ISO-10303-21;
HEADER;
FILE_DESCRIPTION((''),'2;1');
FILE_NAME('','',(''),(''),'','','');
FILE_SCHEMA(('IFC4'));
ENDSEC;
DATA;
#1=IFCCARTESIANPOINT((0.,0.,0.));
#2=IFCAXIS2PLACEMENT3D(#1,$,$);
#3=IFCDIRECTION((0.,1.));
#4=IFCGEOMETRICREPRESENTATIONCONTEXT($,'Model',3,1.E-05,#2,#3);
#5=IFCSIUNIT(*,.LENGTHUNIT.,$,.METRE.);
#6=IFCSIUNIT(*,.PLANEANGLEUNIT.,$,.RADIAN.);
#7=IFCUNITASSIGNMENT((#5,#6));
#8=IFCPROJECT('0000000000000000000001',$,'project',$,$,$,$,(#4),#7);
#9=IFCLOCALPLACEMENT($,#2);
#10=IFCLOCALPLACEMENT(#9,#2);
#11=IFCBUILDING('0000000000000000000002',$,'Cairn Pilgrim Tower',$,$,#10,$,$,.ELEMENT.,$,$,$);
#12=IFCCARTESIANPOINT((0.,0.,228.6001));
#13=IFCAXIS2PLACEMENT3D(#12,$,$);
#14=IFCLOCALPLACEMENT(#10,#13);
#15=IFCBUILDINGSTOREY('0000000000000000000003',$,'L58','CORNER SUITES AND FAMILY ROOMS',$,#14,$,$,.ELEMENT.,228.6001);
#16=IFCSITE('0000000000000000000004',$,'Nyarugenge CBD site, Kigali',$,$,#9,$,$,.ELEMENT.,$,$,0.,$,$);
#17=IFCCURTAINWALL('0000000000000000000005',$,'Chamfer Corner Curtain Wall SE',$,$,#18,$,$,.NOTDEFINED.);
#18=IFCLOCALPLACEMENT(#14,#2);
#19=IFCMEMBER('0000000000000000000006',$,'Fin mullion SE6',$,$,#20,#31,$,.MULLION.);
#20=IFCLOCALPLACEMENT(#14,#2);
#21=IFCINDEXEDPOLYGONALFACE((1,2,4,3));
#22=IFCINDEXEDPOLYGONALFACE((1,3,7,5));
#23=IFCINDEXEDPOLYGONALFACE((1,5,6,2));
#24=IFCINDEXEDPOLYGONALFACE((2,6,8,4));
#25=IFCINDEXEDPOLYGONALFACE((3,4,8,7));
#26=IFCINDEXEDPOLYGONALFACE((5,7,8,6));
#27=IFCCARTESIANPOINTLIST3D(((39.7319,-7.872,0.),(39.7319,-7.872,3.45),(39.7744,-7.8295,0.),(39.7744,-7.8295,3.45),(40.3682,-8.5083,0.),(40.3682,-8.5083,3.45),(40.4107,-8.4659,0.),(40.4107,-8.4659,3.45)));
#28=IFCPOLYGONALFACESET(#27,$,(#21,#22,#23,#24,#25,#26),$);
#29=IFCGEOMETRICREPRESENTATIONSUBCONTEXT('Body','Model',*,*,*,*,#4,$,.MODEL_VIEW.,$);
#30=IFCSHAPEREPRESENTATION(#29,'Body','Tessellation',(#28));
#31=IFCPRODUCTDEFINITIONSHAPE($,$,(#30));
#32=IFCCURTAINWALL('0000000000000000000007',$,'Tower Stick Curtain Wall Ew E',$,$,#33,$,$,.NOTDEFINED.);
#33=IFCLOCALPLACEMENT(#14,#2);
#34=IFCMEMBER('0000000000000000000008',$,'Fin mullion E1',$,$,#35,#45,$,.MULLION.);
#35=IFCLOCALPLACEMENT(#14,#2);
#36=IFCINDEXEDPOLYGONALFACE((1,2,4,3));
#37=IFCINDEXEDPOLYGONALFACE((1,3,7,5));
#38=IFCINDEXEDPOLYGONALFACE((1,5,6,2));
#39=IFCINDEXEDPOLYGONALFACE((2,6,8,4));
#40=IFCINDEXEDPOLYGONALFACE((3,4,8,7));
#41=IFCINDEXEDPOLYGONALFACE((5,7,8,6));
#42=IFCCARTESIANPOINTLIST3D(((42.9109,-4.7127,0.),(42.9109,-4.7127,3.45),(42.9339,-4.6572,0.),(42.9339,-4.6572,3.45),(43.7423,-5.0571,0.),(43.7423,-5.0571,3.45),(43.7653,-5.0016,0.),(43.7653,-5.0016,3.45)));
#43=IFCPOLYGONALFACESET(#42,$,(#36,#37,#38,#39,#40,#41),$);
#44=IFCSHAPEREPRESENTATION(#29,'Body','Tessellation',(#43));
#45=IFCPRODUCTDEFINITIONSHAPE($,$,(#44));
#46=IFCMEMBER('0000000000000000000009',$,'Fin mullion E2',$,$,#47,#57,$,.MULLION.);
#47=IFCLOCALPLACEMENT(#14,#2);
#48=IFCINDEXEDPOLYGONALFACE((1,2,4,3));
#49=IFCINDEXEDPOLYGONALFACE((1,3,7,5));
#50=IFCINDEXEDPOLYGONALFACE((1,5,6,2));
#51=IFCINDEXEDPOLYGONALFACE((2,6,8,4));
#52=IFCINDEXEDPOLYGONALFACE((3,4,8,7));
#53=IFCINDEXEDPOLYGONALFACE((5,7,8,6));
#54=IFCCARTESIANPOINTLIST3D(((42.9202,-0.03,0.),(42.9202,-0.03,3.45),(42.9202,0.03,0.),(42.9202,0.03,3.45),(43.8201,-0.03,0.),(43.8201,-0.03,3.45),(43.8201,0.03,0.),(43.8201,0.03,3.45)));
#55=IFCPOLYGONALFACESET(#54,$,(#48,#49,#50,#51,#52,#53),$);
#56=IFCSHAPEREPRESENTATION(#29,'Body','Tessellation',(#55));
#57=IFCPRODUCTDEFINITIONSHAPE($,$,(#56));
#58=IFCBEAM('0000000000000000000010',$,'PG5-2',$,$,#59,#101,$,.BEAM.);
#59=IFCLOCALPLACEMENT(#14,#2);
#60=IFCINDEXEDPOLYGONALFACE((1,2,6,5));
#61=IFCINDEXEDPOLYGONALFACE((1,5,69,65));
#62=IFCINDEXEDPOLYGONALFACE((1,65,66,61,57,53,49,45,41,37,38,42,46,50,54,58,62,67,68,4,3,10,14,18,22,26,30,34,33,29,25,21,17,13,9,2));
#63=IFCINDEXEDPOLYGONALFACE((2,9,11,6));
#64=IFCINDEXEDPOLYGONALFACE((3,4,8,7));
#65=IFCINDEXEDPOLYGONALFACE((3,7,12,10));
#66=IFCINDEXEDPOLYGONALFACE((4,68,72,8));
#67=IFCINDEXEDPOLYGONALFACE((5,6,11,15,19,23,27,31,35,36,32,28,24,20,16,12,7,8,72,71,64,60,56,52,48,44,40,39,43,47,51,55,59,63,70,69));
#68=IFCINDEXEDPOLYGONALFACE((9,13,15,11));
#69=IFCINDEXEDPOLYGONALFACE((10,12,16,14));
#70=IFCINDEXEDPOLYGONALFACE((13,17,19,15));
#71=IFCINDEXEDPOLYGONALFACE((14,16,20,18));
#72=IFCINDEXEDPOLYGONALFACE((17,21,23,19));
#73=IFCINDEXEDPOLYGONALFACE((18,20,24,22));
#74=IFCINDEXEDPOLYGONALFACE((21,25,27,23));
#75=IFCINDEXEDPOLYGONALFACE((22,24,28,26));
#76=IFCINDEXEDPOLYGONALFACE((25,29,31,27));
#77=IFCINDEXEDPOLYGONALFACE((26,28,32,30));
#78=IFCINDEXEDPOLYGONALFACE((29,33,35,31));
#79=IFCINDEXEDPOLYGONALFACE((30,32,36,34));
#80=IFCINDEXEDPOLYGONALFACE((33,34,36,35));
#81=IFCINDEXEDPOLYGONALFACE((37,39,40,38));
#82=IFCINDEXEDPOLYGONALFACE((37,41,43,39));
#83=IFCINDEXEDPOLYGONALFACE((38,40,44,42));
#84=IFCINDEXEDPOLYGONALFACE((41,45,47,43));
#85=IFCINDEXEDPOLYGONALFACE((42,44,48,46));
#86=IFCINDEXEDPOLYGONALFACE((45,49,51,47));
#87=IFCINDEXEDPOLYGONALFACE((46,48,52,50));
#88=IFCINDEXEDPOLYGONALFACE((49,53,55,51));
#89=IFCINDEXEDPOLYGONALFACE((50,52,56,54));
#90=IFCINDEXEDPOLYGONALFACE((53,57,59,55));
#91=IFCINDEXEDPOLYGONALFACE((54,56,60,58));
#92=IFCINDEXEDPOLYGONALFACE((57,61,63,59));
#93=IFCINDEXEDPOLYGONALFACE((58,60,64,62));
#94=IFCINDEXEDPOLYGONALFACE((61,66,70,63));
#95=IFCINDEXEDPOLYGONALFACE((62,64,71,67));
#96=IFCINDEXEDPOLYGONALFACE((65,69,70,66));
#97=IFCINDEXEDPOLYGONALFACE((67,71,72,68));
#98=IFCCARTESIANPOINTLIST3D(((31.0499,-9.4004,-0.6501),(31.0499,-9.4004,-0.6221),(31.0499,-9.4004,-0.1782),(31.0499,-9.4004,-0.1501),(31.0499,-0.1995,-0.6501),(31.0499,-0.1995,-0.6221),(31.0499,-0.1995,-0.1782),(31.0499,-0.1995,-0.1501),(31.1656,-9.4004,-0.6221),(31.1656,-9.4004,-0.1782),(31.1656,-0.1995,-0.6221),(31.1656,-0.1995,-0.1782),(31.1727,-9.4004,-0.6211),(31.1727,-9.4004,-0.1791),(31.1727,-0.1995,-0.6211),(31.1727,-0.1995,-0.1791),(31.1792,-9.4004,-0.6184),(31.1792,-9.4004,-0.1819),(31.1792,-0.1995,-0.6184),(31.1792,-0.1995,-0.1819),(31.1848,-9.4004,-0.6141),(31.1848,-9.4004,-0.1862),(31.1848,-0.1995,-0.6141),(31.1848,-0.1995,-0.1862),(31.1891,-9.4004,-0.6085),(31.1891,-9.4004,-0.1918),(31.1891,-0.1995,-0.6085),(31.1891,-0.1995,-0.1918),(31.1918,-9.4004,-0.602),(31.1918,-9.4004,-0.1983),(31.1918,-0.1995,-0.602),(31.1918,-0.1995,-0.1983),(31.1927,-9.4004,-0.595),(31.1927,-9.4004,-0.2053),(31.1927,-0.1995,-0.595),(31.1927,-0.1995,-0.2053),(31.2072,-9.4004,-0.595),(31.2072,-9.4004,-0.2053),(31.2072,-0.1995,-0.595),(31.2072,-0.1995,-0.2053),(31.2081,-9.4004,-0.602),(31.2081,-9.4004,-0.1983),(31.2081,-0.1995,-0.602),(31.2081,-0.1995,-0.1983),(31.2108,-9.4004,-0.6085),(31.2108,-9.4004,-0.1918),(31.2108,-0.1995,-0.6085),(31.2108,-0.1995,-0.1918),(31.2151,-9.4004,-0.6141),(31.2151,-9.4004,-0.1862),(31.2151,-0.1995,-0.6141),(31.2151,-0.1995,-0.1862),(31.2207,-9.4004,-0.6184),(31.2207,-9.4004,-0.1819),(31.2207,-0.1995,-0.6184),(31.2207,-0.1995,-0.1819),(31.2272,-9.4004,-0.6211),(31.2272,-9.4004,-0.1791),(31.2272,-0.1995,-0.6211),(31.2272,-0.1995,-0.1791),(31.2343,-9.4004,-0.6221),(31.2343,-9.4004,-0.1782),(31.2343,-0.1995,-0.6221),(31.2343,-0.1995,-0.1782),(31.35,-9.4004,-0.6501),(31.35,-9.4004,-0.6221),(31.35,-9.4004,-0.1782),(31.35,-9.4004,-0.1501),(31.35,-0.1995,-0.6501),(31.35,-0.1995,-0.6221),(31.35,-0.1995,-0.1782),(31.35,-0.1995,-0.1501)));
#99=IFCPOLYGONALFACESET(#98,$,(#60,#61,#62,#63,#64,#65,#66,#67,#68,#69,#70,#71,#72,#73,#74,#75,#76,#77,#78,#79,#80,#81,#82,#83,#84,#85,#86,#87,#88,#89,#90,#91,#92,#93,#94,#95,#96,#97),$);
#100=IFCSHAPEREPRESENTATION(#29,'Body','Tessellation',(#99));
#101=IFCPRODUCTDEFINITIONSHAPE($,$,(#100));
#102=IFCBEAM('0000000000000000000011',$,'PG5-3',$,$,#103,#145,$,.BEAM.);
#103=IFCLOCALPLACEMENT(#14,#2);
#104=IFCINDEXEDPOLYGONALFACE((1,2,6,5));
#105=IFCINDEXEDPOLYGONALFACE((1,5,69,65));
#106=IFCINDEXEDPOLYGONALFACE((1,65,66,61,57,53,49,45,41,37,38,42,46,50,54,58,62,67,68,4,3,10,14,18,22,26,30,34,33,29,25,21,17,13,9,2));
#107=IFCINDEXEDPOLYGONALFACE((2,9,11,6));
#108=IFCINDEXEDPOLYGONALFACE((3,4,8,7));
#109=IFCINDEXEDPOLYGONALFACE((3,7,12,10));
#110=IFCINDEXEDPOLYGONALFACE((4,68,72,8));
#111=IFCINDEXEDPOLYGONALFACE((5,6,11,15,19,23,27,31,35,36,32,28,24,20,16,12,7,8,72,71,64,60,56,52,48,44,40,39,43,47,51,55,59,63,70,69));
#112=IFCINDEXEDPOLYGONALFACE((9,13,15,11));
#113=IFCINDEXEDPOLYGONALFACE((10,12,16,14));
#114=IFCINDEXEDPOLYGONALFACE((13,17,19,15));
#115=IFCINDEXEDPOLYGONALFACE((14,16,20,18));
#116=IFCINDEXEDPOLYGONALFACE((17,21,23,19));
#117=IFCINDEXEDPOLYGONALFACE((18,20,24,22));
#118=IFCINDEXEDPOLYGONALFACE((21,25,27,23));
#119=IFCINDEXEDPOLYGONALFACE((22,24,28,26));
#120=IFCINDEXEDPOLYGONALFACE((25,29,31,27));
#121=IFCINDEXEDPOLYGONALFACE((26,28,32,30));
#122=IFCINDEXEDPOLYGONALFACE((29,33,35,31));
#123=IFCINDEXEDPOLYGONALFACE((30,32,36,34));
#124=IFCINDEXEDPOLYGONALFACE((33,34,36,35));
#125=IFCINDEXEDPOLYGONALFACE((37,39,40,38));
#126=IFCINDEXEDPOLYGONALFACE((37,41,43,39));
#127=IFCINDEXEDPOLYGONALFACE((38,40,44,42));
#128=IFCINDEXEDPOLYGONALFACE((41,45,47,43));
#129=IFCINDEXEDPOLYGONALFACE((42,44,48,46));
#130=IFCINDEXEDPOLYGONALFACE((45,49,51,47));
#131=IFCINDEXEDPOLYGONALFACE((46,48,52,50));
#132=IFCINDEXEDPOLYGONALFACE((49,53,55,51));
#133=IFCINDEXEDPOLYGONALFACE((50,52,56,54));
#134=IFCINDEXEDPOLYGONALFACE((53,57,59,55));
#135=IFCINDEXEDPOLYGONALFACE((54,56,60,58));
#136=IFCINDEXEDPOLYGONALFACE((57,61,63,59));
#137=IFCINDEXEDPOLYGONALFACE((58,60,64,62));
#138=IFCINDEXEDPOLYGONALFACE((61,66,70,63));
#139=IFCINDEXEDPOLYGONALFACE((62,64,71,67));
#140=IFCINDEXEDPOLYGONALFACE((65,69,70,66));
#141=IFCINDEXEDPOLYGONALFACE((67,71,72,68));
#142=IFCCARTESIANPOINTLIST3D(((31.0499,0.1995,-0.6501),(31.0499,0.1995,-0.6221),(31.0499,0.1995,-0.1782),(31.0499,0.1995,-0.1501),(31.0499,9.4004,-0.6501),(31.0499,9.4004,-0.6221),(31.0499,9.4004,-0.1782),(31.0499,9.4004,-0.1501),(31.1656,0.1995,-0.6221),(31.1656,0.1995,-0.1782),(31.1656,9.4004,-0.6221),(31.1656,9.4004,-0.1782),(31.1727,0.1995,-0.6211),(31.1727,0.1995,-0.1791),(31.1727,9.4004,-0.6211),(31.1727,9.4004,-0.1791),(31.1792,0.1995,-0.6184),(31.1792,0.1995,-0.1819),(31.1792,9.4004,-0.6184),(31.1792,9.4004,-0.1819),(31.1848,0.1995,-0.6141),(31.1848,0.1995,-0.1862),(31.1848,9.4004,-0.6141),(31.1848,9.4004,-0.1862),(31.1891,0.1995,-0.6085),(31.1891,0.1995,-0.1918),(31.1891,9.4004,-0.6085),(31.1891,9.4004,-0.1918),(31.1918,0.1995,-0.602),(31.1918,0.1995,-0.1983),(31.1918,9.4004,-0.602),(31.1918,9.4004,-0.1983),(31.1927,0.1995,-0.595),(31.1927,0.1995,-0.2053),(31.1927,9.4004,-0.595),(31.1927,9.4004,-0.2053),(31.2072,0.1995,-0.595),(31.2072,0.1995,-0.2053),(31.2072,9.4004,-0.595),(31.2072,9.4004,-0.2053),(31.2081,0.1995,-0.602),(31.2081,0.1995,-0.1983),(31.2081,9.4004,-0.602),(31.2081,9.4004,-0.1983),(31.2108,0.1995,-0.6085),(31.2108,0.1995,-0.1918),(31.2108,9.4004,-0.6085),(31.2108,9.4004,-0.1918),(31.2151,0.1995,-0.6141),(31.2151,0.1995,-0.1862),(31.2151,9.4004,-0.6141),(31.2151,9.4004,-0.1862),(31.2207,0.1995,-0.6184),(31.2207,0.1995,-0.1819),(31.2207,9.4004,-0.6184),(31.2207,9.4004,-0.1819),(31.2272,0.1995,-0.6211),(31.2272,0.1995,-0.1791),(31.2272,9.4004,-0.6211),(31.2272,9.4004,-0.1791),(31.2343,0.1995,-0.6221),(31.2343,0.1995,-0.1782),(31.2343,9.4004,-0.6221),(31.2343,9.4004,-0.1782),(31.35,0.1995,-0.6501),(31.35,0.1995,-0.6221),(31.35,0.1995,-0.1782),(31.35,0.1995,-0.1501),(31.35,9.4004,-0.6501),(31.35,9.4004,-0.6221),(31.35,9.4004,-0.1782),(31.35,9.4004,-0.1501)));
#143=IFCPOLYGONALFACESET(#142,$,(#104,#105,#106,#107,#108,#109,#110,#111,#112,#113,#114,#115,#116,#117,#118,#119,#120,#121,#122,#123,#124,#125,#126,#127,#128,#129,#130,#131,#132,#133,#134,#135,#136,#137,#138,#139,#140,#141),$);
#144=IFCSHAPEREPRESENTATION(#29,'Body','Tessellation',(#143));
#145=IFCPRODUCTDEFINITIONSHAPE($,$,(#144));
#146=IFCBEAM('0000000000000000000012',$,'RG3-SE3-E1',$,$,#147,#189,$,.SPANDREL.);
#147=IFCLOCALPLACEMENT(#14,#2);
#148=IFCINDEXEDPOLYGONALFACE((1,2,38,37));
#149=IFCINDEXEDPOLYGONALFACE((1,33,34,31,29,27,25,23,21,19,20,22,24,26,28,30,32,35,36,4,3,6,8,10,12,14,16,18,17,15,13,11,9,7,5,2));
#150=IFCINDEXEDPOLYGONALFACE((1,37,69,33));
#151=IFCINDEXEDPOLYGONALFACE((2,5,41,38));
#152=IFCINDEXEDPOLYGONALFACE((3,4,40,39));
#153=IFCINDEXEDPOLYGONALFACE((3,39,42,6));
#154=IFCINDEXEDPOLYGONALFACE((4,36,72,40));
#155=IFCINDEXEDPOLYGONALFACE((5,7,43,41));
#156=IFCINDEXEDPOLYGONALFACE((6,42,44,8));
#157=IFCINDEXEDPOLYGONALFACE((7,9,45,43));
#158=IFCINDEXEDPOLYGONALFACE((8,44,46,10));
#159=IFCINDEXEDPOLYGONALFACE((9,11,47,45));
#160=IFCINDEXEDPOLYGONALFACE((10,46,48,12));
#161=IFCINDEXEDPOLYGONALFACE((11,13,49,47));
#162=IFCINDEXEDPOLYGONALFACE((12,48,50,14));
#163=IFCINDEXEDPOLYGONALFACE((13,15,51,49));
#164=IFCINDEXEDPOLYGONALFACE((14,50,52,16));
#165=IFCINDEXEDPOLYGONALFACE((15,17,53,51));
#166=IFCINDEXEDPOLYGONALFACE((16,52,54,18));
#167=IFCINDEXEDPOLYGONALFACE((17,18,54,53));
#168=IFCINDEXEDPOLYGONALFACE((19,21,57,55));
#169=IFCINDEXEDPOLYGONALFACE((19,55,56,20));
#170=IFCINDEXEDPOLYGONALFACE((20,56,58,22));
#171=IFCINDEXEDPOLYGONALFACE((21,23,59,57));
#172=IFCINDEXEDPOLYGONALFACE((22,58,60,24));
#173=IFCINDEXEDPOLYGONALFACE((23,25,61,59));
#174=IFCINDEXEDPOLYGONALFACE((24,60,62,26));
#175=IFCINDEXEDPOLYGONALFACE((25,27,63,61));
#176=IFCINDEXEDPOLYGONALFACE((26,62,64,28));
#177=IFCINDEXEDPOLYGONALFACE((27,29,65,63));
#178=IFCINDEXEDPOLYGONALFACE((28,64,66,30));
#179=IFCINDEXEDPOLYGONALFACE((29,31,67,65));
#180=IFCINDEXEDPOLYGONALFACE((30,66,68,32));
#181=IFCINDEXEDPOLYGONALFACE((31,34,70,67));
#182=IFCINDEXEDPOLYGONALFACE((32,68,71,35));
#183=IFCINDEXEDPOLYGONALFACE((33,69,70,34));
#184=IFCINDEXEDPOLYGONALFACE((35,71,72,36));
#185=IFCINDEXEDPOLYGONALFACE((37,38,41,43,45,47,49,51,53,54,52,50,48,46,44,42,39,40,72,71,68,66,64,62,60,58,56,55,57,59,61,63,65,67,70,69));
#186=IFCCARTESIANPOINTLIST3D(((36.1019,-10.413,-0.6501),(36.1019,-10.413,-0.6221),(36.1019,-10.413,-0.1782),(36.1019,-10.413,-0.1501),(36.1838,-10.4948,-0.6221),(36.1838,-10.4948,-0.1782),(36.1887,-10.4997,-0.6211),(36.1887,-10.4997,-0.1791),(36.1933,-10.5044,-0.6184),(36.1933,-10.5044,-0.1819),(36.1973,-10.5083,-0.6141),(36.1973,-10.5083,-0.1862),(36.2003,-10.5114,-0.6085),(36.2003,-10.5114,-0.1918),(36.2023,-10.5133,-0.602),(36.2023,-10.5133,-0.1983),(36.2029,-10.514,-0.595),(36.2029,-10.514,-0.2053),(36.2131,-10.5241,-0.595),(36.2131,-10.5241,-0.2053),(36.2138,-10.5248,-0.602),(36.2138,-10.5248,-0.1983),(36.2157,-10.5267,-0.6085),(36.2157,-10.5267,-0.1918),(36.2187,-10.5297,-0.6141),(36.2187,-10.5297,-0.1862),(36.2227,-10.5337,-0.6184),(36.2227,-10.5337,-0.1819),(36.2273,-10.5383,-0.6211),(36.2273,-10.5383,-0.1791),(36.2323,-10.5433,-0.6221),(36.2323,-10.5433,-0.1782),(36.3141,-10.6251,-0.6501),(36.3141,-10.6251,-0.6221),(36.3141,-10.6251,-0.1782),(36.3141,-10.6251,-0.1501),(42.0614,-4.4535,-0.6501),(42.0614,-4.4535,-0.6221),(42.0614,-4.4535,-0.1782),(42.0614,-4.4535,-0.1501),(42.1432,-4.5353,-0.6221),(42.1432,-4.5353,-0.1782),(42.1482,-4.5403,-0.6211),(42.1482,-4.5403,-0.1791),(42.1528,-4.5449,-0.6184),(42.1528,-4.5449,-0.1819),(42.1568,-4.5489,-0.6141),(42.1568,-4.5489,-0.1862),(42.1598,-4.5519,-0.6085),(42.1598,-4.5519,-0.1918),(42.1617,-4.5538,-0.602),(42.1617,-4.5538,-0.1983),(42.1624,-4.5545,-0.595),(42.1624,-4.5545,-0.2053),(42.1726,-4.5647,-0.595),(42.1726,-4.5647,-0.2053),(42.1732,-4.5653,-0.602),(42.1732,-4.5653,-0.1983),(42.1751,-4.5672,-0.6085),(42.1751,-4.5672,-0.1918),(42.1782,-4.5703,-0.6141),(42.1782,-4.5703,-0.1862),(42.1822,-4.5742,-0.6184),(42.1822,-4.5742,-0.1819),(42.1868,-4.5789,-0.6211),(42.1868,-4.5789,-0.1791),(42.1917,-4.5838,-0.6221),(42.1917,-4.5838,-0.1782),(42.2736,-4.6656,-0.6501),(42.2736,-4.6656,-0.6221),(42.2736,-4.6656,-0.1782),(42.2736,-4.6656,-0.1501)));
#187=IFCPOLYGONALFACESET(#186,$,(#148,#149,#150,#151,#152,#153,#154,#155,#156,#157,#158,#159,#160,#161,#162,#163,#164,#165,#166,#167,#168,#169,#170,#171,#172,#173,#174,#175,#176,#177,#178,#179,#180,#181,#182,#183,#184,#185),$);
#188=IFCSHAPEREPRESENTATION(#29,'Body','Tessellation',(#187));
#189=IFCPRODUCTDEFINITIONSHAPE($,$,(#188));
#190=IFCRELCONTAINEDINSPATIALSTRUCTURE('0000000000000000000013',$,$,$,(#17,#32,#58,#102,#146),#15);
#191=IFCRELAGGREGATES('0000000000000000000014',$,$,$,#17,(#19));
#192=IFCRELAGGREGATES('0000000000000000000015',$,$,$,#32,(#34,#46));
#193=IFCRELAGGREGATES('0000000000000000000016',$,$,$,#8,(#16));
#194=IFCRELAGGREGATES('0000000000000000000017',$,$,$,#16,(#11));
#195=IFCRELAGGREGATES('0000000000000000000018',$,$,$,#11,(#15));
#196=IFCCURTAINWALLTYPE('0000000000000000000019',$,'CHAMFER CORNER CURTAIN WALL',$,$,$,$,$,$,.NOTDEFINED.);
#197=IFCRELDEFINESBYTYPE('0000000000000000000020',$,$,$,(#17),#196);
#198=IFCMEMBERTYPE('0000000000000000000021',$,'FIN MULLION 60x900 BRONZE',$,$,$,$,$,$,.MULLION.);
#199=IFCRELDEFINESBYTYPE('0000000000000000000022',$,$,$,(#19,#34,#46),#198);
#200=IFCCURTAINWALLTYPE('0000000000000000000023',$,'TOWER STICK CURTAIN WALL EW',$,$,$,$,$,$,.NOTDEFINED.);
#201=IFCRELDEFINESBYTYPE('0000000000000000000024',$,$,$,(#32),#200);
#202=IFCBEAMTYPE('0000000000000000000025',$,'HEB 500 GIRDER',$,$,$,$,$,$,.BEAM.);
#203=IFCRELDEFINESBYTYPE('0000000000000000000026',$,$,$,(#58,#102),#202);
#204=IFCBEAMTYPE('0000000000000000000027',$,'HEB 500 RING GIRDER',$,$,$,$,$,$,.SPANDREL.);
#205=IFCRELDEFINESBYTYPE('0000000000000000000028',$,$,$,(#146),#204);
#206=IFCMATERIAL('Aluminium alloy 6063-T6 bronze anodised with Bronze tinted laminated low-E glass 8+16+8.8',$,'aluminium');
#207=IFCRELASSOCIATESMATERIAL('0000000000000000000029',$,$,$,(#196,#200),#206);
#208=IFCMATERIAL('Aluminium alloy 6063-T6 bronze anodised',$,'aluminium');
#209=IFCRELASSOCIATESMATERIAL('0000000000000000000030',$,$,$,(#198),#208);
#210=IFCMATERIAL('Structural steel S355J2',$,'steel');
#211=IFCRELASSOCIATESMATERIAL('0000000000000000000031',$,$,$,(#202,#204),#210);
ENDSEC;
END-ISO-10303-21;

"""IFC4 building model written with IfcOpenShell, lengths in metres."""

from ifc_helpers import new_model, si_unit, direction, frame, origin, origin_2d, place, context, subcontext, project, spatial, rectangle, i_section, extrude, material, material_profile, profile_set, type_object, element, aggregate, save


model = new_model("IFC4")

# Units and contexts
model_context = context("Model", 3, precision=1e-05, world=origin(), true_north=direction((0.0, 1.0)))
body_context = subcontext(model_context, "Body", "Model", "MODEL_VIEW")
ifc_project = project(units=[si_unit("LENGTHUNIT", "METRE"), si_unit("PLANEANGLEUNIT", "RADIAN")], contexts=[model_context])

# Site, building, storey
site_placement = place(None, origin())
site = spatial("IfcSite", under=ifc_project, at=site_placement, Name="Nyarugenge CBD site, Kigali", CompositionType="ELEMENT", RefElevation=0.0)
building_placement = place(site_placement, origin())
building = spatial("IfcBuilding", under=site, at=building_placement, Name="Cairn Pilgrim Tower", CompositionType="ELEMENT")
storey_placement = place(building_placement, frame((0.0, 0.0, 228.6001)))
storey = spatial("IfcBuildingStorey", under=building, at=storey_placement, Name="L58", Description="CORNER SUITES AND FAMILY ROOMS", CompositionType="ELEMENT", Elevation=228.6001)

# Shared definitions
ifc_material_1 = material(Name="Structural steel S355J2", Category="steel")

# Curtain wall, member
ifc_material_2 = material(Name="Aluminium alloy 6063-T6 bronze anodised with Bronze tinted laminated low-E glass 8+16+8.8", Category="aluminium")
curtain_wall_type_1 = type_object("IfcCurtainWallType", Name="CHAMFER CORNER CURTAIN WALL", PredefinedType="NOTDEFINED", material=ifc_material_2)
curtain_wall_1_placement = place(storey_placement, origin())
curtain_wall_1 = element("IfcCurtainWall", 1, at=curtain_wall_1_placement, inside=storey, type_object=curtain_wall_type_1, Name="Chamfer Corner Curtain Wall SE", PredefinedType="NOTDEFINED")
ifc_material_3 = material(Name="Aluminium alloy 6063-T6 bronze anodised", Category="aluminium")
ifc_material_profile_1 = material_profile(ifc_material_3, rectangle(XDim=0.8999, YDim=0.0601, at=origin_2d()), Name="FIN MULLION 60x900 BRONZE")
ifc_profile_set_1 = profile_set([ifc_material_profile_1], Name="Aluminium alloy 6063-T6 bronze anodised")
member_type_1 = type_object("IfcMemberType", Name="FIN MULLION 60x900 BRONZE", PredefinedType="MULLION", material=ifc_profile_set_1)
member_1_placement = place(storey_placement, frame((40.0713, -8.1689, 0.0), z_axis=(0.0, 0.0, 1.0), x_axis=(0.707107, -0.707107, 0.0)))
member_1 = element("IfcMember", 2, at=member_1_placement, type_object=member_type_1, Name="Fin mullion SE6", PredefinedType="MULLION", context=body_context, shape_type="SweptSolid", body=[
    extrude(rectangle(XDim=0.8999, YDim=0.0601, at=origin_2d()), origin(), (0.0, 0.0, 1.0), 3.45),
])
aggregate(curtain_wall_1, [member_1])

# Curtain wall, members
curtain_wall_type_2 = type_object("IfcCurtainWallType", Name="TOWER STICK CURTAIN WALL EW", PredefinedType="NOTDEFINED", material=ifc_material_2)
curtain_wall_2_placement = place(storey_placement, origin())
curtain_wall_2 = element("IfcCurtainWall", 3, at=curtain_wall_2_placement, inside=storey, type_object=curtain_wall_type_2, Name="Tower Stick Curtain Wall Ew E", PredefinedType="NOTDEFINED")
member_2_placement = place(storey_placement, frame((43.3381, -4.8572, 0.0), z_axis=(0.0, 0.0, 1.0), x_axis=(0.92388, -0.382683, 0.0)))
member_2 = element("IfcMember", 4, at=member_2_placement, type_object=member_type_1, Name="Fin mullion E1", PredefinedType="MULLION", context=body_context, shape_type="SweptSolid", body=[
    extrude(rectangle(XDim=0.8999, YDim=0.0601, at=origin_2d()), origin(), (0.0, 0.0, 1.0), 3.45),
])
member_3_placement = place(storey_placement, frame((43.3701, 0.0, 0.0), z_axis=(0.0, 0.0, 1.0), x_axis=(1.0, 0.0, 0.0)))
member_3 = element("IfcMember", 5, at=member_3_placement, type_object=member_type_1, Name="Fin mullion E2", PredefinedType="MULLION", context=body_context, shape_type="SweptSolid", body=[
    extrude(rectangle(XDim=0.8999, YDim=0.0601, at=origin_2d()), origin(), (0.0, 0.0, 1.0), 3.45),
])

# Beams
ifc_material_profile_2 = material_profile(ifc_material_1, i_section(OverallWidth=0.3, OverallDepth=0.5, WebThickness=0.0144, FlangeThickness=0.0281, FilletRadius=0.0271, at=origin_2d()), Name="HEB 500")
ifc_profile_set_2 = profile_set([ifc_material_profile_2], Name="Structural steel S355J2")
beam_type_1 = type_object("IfcBeamType", Name="HEB 500 GIRDER", PredefinedType="BEAM", material=ifc_profile_set_2)
for number, where, z_axis, x_axis, name in (
    (6, (31.2, -9.4004, -0.4001), (0.0, 1.0, 0.0), (-1.0, 0.0, 0.0), "PG5-2"),
    (7, (31.2, 0.1995, -0.4001), (0.0, 1.0, 0.0), (-1.0, 0.0, 0.0), "PG5-3"),
):
    element("IfcBeam", number, at=place(storey_placement, frame(where, z_axis=z_axis, x_axis=x_axis)), inside=storey, type_object=beam_type_1, Name=name, PredefinedType="BEAM", context=body_context, shape_type="SweptSolid", body=[
        extrude(i_section(OverallWidth=0.3, OverallDepth=0.5, WebThickness=0.0144, FlangeThickness=0.0281, FilletRadius=0.0271, at=origin_2d()), origin(), (0.0, 0.0, 1.0), 9.2009),
    ])
ifc_material_profile_3 = material_profile(ifc_material_1, i_section(OverallWidth=0.3, OverallDepth=0.5, WebThickness=0.0144, FlangeThickness=0.0281, FilletRadius=0.0271, at=origin_2d()), Name="HEB 500")
ifc_profile_set_3 = profile_set([ifc_material_profile_3], Name="Structural steel S355J2")
beam_type_2 = type_object("IfcBeamType", Name="HEB 500 RING GIRDER", PredefinedType="SPANDREL", material=ifc_profile_set_3)
beam_1_placement = place(storey_placement, frame((36.208, -10.519, -0.4001), z_axis=(0.707107, 0.707107, 0.0), x_axis=(-0.707107, 0.707107, 0.0)))
element("IfcBeam", 8, at=beam_1_placement, inside=storey, type_object=beam_type_2, Name="RG3-SE3-E1", PredefinedType="SPANDREL", context=body_context, shape_type="SweptSolid", body=[
    extrude(i_section(OverallWidth=0.3, OverallDepth=0.5, WebThickness=0.0144, FlangeThickness=0.0281, FilletRadius=0.0271, at=origin_2d()), origin(), (0.0, 0.0, 1.0), 8.428),
])

aggregate(curtain_wall_2, [member_2, member_3])

save(model, "model.ifc")
